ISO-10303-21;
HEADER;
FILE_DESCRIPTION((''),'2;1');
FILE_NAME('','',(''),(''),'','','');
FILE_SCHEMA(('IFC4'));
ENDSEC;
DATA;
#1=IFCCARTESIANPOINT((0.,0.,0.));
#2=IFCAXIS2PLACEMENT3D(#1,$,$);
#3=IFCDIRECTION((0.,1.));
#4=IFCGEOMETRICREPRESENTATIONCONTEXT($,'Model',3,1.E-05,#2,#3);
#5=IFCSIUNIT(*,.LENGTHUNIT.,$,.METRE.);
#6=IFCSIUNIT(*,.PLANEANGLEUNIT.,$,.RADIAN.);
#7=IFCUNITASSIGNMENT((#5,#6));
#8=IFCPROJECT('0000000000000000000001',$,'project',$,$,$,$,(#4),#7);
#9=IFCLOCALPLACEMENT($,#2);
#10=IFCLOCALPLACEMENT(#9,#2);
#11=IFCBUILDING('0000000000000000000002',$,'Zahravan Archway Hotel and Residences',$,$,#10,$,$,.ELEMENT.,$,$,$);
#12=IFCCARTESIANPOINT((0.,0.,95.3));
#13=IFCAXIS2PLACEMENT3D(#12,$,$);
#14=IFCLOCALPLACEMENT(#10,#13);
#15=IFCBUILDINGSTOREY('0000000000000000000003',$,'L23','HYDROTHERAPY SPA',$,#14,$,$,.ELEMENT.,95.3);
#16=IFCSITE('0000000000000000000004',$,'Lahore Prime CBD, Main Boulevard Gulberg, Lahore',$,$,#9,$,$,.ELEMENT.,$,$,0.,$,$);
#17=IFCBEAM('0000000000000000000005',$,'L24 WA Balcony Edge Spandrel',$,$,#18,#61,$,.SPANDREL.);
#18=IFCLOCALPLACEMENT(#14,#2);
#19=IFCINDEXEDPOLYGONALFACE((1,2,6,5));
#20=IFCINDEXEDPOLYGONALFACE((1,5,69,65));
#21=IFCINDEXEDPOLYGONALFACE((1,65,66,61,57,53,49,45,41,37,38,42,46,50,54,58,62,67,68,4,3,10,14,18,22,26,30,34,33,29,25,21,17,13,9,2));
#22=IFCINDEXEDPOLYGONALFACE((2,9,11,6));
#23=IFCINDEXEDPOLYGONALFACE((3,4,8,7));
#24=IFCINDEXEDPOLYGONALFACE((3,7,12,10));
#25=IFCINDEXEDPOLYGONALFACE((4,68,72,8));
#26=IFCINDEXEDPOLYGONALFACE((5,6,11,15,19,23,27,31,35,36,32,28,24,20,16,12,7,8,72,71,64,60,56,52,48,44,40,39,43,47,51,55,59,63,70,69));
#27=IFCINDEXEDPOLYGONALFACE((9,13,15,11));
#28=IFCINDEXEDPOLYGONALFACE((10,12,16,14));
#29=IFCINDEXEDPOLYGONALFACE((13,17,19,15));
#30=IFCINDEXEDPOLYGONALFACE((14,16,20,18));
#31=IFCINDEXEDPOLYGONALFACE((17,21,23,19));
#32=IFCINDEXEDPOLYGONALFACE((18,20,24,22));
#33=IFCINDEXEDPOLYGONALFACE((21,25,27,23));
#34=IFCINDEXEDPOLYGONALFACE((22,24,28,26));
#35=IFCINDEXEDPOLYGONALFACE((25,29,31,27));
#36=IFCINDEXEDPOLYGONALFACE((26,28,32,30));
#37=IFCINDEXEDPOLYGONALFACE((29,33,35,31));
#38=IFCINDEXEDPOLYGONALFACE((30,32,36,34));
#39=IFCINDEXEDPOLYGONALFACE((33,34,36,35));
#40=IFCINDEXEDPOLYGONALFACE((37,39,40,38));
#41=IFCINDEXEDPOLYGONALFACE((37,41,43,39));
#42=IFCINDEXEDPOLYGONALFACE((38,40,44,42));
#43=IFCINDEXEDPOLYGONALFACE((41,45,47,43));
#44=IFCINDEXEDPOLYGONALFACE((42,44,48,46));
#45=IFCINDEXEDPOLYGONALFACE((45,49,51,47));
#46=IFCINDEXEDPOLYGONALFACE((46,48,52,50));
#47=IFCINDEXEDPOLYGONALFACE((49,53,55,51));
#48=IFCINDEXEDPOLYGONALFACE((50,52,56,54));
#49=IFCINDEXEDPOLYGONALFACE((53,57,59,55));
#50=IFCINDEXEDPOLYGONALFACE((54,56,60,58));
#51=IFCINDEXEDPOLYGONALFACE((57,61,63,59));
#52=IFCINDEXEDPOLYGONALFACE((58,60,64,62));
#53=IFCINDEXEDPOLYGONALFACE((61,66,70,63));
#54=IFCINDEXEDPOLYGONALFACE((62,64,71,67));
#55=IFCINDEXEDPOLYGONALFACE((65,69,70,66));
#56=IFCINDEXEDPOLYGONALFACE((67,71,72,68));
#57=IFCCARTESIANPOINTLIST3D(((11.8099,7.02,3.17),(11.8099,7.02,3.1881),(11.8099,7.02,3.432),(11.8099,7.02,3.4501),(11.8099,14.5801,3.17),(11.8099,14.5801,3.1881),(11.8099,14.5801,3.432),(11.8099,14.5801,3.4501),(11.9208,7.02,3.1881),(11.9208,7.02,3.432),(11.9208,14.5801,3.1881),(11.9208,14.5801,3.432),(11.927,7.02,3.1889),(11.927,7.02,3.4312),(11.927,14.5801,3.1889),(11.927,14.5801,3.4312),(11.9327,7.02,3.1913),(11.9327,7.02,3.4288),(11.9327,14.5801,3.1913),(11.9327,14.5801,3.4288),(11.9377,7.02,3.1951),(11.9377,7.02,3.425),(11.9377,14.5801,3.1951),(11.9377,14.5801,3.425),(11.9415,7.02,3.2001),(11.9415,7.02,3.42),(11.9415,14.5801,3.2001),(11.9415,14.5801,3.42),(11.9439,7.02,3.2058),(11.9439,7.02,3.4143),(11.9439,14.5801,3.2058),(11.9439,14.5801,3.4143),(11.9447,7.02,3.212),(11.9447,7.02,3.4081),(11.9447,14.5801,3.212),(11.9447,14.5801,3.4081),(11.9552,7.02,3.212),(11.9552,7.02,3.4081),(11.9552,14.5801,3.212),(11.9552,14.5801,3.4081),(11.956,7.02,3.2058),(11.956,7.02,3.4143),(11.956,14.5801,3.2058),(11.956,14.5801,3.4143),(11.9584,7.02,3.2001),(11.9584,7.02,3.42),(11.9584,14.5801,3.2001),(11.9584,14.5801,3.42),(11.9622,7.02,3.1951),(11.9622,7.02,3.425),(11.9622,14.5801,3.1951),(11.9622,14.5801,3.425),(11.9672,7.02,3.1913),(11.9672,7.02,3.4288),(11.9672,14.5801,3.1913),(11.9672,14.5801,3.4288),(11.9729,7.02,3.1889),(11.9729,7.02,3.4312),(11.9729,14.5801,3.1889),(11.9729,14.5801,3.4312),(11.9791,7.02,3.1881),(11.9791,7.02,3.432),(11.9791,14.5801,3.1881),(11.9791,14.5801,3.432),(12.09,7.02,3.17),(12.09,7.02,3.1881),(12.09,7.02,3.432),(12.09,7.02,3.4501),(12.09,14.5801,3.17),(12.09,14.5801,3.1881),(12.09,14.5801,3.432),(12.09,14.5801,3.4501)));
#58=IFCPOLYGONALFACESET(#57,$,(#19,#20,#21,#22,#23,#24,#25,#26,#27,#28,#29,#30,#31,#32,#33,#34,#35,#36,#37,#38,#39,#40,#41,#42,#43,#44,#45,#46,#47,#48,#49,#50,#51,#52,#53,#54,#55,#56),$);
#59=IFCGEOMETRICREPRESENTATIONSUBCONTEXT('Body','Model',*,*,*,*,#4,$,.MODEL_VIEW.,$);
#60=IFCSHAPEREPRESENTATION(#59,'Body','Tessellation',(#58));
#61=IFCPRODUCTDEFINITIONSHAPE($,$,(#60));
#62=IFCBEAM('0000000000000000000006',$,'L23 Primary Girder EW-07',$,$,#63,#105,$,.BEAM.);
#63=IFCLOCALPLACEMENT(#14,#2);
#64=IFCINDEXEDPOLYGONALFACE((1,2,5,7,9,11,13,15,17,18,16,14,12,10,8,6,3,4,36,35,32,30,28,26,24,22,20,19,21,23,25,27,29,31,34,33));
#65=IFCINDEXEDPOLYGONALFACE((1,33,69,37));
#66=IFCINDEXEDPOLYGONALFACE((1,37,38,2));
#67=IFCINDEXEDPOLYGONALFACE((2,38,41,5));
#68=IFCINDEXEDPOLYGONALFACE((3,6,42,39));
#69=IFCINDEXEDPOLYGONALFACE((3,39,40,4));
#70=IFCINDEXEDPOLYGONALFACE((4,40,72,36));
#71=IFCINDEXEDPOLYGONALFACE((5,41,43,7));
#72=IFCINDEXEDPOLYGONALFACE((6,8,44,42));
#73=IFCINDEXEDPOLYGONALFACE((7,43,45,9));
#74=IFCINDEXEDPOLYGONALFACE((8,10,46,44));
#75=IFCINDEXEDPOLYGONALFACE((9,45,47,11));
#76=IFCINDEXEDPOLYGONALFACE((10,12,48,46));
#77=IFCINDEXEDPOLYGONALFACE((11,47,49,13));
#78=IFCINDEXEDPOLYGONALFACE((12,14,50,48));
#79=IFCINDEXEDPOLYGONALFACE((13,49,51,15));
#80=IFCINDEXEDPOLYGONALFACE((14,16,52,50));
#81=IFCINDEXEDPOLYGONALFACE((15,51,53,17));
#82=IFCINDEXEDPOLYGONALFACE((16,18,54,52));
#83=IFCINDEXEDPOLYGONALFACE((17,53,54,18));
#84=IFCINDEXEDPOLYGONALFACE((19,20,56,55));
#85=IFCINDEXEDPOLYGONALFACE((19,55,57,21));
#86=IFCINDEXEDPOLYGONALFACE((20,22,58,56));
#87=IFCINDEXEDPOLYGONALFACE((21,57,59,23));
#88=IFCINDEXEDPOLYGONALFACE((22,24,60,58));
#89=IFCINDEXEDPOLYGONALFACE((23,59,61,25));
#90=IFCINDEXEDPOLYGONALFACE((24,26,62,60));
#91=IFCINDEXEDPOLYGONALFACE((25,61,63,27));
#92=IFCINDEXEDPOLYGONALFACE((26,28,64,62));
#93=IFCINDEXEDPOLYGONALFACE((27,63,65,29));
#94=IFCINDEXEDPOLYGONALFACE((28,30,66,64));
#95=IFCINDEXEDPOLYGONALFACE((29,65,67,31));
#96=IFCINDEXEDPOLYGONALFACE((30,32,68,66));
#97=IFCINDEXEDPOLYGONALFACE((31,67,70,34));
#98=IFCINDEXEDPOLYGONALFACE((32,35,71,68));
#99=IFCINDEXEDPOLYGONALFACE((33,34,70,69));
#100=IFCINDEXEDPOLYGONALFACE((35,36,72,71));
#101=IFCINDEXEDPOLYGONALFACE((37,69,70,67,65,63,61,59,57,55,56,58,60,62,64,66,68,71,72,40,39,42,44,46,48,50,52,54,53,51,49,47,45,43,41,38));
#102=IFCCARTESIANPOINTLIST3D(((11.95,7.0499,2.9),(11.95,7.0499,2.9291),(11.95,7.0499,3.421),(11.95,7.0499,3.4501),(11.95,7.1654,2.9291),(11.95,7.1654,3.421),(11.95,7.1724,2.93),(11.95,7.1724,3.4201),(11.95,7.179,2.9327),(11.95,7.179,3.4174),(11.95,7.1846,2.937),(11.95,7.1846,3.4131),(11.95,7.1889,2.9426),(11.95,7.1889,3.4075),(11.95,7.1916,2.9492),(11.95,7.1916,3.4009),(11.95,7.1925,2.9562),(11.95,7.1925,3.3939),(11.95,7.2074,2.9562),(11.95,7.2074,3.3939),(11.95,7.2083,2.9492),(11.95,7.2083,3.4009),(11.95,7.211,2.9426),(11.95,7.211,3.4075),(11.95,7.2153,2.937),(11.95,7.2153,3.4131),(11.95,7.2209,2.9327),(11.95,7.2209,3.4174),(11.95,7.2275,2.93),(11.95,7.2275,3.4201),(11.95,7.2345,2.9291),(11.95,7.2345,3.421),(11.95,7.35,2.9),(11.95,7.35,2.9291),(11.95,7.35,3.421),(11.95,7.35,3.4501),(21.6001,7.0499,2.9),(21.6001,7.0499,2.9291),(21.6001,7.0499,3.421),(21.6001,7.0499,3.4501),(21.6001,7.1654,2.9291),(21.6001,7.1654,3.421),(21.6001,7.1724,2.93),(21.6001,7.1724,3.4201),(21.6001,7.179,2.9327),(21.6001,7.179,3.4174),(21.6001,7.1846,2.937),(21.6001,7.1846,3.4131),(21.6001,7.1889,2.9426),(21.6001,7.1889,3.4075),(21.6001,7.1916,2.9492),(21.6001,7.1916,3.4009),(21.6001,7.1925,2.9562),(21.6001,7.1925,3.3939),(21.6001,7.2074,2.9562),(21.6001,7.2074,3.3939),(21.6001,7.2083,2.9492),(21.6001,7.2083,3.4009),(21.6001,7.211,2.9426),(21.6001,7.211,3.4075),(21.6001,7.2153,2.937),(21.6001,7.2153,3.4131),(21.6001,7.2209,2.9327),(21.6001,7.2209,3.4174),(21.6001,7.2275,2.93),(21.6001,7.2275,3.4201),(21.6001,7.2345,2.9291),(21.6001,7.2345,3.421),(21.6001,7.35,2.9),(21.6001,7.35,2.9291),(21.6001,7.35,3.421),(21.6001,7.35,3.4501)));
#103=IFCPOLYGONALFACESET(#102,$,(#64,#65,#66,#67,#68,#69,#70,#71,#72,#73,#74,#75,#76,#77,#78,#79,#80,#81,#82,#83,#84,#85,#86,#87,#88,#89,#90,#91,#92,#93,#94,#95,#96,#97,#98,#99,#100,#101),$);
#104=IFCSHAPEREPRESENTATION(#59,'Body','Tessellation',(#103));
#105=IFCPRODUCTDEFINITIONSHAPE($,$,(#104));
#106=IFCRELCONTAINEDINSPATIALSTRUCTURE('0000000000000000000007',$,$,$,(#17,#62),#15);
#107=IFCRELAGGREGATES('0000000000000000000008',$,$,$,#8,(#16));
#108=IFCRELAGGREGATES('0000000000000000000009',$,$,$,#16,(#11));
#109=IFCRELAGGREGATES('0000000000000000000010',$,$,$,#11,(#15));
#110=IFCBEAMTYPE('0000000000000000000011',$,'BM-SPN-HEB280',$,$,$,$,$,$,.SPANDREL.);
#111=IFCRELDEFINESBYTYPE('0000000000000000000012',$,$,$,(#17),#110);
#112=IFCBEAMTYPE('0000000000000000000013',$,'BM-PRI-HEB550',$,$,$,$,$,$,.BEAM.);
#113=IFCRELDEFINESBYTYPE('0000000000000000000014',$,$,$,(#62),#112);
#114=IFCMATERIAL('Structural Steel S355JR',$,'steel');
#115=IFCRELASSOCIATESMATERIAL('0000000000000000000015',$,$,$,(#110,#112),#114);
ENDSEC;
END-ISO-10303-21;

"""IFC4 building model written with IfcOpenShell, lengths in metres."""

from ifc_helpers import new_model, si_unit, direction, frame, origin, origin_2d, place, context, subcontext, project, spatial, i_section, extrude, source, transform, mapped, material, material_profile, profile_set, type_object, type_shapes, element, save


model = new_model("IFC4")

# Units and contexts
model_context = context("Model", 3, precision=1e-05, world=origin(), true_north=direction((0.0, 1.0)))
body_context = subcontext(model_context, "Body", "Model", "MODEL_VIEW")
ifc_project = project(units=[si_unit("LENGTHUNIT", "METRE"), si_unit("PLANEANGLEUNIT", "RADIAN")], contexts=[model_context])

# Site, building, storey
site_placement = place(None, origin())
site = spatial("IfcSite", under=ifc_project, at=site_placement, Name="Lahore Prime CBD, Main Boulevard Gulberg, Lahore", CompositionType="ELEMENT", RefElevation=0.0)
building_placement = place(site_placement, origin())
building = spatial("IfcBuilding", under=site, at=building_placement, Name="Zahravan Archway Hotel and Residences", CompositionType="ELEMENT")
storey_placement = place(building_placement, frame((0.0, 0.0, 95.3)))
storey = spatial("IfcBuildingStorey", under=building, at=storey_placement, Name="L23", Description="HYDROTHERAPY SPA", CompositionType="ELEMENT", Elevation=95.3)

# Beams
ifc_material_1 = material(Name="Structural Steel S355JR", Category="steel")
ifc_material_profile_1 = material_profile(ifc_material_1, i_section(OverallWidth=0.28, OverallDepth=0.28, WebThickness=0.0105, FlangeThickness=0.0181, FilletRadius=0.0239, at=origin_2d()), Name="HEB 280", Category="steel")
ifc_profile_set_1 = profile_set([ifc_material_profile_1], Name="Structural Steel S355JR")
beam_type_1 = type_object("IfcBeamType", Name="BM-SPN-HEB280", PredefinedType="SPANDREL", material=ifc_profile_set_1)
shared_shape_1 = source(origin(), body_context, "Body", "SweptSolid", [
    extrude(i_section(OverallWidth=0.28, OverallDepth=0.28, WebThickness=0.0105, FlangeThickness=0.0181, FilletRadius=0.0239, at=origin_2d()), origin(), (0.0, 0.0, 1.0), 7.5601),
])
type_shapes(beam_type_1, [shared_shape_1])
beam_1_placement = place(storey_placement, frame((11.95, 7.02, 3.3101), z_axis=(0.0, 1.0, 0.0), x_axis=(-1.0, 0.0, 0.0)))
element("IfcBeam", 1, at=beam_1_placement, inside=storey, type_object=beam_type_1, Name="L24 WA Balcony Edge Spandrel", PredefinedType="SPANDREL", context=body_context, shape_type="MappedRepresentation", body=[
    mapped(shared_shape_1, transform((0.0, 0.0, 0.0), scale=1.0)),
])
ifc_material_profile_2 = material_profile(ifc_material_1, i_section(OverallWidth=0.3, OverallDepth=0.55, WebThickness=0.0149, FlangeThickness=0.0291, FilletRadius=0.0271, at=origin_2d()), Name="HEB 550", Category="steel")
ifc_profile_set_2 = profile_set([ifc_material_profile_2], Name="Structural Steel S355JR")
beam_type_2 = type_object("IfcBeamType", Name="BM-PRI-HEB550", PredefinedType="BEAM", material=ifc_profile_set_2)
shared_shape_2 = source(origin(), body_context, "Body", "SweptSolid", [
    extrude(i_section(OverallWidth=0.3, OverallDepth=0.55, WebThickness=0.0149, FlangeThickness=0.0291, FilletRadius=0.0271, at=origin_2d()), origin(), (0.0, 0.0, 1.0), 9.6501),
])
beam_2_placement = place(storey_placement, frame((11.95, 7.2, 3.175), z_axis=(1.0, 0.0, 0.0), x_axis=(0.0, 1.0, 0.0)))
element("IfcBeam", 2, at=beam_2_placement, inside=storey, type_object=beam_type_2, Name="L23 Primary Girder EW-07", PredefinedType="BEAM", context=body_context, shape_type="MappedRepresentation", body=[
    mapped(shared_shape_2, transform((0.0, 0.0, 0.0), scale=1.0)),
])

save(model, "model.ifc")
